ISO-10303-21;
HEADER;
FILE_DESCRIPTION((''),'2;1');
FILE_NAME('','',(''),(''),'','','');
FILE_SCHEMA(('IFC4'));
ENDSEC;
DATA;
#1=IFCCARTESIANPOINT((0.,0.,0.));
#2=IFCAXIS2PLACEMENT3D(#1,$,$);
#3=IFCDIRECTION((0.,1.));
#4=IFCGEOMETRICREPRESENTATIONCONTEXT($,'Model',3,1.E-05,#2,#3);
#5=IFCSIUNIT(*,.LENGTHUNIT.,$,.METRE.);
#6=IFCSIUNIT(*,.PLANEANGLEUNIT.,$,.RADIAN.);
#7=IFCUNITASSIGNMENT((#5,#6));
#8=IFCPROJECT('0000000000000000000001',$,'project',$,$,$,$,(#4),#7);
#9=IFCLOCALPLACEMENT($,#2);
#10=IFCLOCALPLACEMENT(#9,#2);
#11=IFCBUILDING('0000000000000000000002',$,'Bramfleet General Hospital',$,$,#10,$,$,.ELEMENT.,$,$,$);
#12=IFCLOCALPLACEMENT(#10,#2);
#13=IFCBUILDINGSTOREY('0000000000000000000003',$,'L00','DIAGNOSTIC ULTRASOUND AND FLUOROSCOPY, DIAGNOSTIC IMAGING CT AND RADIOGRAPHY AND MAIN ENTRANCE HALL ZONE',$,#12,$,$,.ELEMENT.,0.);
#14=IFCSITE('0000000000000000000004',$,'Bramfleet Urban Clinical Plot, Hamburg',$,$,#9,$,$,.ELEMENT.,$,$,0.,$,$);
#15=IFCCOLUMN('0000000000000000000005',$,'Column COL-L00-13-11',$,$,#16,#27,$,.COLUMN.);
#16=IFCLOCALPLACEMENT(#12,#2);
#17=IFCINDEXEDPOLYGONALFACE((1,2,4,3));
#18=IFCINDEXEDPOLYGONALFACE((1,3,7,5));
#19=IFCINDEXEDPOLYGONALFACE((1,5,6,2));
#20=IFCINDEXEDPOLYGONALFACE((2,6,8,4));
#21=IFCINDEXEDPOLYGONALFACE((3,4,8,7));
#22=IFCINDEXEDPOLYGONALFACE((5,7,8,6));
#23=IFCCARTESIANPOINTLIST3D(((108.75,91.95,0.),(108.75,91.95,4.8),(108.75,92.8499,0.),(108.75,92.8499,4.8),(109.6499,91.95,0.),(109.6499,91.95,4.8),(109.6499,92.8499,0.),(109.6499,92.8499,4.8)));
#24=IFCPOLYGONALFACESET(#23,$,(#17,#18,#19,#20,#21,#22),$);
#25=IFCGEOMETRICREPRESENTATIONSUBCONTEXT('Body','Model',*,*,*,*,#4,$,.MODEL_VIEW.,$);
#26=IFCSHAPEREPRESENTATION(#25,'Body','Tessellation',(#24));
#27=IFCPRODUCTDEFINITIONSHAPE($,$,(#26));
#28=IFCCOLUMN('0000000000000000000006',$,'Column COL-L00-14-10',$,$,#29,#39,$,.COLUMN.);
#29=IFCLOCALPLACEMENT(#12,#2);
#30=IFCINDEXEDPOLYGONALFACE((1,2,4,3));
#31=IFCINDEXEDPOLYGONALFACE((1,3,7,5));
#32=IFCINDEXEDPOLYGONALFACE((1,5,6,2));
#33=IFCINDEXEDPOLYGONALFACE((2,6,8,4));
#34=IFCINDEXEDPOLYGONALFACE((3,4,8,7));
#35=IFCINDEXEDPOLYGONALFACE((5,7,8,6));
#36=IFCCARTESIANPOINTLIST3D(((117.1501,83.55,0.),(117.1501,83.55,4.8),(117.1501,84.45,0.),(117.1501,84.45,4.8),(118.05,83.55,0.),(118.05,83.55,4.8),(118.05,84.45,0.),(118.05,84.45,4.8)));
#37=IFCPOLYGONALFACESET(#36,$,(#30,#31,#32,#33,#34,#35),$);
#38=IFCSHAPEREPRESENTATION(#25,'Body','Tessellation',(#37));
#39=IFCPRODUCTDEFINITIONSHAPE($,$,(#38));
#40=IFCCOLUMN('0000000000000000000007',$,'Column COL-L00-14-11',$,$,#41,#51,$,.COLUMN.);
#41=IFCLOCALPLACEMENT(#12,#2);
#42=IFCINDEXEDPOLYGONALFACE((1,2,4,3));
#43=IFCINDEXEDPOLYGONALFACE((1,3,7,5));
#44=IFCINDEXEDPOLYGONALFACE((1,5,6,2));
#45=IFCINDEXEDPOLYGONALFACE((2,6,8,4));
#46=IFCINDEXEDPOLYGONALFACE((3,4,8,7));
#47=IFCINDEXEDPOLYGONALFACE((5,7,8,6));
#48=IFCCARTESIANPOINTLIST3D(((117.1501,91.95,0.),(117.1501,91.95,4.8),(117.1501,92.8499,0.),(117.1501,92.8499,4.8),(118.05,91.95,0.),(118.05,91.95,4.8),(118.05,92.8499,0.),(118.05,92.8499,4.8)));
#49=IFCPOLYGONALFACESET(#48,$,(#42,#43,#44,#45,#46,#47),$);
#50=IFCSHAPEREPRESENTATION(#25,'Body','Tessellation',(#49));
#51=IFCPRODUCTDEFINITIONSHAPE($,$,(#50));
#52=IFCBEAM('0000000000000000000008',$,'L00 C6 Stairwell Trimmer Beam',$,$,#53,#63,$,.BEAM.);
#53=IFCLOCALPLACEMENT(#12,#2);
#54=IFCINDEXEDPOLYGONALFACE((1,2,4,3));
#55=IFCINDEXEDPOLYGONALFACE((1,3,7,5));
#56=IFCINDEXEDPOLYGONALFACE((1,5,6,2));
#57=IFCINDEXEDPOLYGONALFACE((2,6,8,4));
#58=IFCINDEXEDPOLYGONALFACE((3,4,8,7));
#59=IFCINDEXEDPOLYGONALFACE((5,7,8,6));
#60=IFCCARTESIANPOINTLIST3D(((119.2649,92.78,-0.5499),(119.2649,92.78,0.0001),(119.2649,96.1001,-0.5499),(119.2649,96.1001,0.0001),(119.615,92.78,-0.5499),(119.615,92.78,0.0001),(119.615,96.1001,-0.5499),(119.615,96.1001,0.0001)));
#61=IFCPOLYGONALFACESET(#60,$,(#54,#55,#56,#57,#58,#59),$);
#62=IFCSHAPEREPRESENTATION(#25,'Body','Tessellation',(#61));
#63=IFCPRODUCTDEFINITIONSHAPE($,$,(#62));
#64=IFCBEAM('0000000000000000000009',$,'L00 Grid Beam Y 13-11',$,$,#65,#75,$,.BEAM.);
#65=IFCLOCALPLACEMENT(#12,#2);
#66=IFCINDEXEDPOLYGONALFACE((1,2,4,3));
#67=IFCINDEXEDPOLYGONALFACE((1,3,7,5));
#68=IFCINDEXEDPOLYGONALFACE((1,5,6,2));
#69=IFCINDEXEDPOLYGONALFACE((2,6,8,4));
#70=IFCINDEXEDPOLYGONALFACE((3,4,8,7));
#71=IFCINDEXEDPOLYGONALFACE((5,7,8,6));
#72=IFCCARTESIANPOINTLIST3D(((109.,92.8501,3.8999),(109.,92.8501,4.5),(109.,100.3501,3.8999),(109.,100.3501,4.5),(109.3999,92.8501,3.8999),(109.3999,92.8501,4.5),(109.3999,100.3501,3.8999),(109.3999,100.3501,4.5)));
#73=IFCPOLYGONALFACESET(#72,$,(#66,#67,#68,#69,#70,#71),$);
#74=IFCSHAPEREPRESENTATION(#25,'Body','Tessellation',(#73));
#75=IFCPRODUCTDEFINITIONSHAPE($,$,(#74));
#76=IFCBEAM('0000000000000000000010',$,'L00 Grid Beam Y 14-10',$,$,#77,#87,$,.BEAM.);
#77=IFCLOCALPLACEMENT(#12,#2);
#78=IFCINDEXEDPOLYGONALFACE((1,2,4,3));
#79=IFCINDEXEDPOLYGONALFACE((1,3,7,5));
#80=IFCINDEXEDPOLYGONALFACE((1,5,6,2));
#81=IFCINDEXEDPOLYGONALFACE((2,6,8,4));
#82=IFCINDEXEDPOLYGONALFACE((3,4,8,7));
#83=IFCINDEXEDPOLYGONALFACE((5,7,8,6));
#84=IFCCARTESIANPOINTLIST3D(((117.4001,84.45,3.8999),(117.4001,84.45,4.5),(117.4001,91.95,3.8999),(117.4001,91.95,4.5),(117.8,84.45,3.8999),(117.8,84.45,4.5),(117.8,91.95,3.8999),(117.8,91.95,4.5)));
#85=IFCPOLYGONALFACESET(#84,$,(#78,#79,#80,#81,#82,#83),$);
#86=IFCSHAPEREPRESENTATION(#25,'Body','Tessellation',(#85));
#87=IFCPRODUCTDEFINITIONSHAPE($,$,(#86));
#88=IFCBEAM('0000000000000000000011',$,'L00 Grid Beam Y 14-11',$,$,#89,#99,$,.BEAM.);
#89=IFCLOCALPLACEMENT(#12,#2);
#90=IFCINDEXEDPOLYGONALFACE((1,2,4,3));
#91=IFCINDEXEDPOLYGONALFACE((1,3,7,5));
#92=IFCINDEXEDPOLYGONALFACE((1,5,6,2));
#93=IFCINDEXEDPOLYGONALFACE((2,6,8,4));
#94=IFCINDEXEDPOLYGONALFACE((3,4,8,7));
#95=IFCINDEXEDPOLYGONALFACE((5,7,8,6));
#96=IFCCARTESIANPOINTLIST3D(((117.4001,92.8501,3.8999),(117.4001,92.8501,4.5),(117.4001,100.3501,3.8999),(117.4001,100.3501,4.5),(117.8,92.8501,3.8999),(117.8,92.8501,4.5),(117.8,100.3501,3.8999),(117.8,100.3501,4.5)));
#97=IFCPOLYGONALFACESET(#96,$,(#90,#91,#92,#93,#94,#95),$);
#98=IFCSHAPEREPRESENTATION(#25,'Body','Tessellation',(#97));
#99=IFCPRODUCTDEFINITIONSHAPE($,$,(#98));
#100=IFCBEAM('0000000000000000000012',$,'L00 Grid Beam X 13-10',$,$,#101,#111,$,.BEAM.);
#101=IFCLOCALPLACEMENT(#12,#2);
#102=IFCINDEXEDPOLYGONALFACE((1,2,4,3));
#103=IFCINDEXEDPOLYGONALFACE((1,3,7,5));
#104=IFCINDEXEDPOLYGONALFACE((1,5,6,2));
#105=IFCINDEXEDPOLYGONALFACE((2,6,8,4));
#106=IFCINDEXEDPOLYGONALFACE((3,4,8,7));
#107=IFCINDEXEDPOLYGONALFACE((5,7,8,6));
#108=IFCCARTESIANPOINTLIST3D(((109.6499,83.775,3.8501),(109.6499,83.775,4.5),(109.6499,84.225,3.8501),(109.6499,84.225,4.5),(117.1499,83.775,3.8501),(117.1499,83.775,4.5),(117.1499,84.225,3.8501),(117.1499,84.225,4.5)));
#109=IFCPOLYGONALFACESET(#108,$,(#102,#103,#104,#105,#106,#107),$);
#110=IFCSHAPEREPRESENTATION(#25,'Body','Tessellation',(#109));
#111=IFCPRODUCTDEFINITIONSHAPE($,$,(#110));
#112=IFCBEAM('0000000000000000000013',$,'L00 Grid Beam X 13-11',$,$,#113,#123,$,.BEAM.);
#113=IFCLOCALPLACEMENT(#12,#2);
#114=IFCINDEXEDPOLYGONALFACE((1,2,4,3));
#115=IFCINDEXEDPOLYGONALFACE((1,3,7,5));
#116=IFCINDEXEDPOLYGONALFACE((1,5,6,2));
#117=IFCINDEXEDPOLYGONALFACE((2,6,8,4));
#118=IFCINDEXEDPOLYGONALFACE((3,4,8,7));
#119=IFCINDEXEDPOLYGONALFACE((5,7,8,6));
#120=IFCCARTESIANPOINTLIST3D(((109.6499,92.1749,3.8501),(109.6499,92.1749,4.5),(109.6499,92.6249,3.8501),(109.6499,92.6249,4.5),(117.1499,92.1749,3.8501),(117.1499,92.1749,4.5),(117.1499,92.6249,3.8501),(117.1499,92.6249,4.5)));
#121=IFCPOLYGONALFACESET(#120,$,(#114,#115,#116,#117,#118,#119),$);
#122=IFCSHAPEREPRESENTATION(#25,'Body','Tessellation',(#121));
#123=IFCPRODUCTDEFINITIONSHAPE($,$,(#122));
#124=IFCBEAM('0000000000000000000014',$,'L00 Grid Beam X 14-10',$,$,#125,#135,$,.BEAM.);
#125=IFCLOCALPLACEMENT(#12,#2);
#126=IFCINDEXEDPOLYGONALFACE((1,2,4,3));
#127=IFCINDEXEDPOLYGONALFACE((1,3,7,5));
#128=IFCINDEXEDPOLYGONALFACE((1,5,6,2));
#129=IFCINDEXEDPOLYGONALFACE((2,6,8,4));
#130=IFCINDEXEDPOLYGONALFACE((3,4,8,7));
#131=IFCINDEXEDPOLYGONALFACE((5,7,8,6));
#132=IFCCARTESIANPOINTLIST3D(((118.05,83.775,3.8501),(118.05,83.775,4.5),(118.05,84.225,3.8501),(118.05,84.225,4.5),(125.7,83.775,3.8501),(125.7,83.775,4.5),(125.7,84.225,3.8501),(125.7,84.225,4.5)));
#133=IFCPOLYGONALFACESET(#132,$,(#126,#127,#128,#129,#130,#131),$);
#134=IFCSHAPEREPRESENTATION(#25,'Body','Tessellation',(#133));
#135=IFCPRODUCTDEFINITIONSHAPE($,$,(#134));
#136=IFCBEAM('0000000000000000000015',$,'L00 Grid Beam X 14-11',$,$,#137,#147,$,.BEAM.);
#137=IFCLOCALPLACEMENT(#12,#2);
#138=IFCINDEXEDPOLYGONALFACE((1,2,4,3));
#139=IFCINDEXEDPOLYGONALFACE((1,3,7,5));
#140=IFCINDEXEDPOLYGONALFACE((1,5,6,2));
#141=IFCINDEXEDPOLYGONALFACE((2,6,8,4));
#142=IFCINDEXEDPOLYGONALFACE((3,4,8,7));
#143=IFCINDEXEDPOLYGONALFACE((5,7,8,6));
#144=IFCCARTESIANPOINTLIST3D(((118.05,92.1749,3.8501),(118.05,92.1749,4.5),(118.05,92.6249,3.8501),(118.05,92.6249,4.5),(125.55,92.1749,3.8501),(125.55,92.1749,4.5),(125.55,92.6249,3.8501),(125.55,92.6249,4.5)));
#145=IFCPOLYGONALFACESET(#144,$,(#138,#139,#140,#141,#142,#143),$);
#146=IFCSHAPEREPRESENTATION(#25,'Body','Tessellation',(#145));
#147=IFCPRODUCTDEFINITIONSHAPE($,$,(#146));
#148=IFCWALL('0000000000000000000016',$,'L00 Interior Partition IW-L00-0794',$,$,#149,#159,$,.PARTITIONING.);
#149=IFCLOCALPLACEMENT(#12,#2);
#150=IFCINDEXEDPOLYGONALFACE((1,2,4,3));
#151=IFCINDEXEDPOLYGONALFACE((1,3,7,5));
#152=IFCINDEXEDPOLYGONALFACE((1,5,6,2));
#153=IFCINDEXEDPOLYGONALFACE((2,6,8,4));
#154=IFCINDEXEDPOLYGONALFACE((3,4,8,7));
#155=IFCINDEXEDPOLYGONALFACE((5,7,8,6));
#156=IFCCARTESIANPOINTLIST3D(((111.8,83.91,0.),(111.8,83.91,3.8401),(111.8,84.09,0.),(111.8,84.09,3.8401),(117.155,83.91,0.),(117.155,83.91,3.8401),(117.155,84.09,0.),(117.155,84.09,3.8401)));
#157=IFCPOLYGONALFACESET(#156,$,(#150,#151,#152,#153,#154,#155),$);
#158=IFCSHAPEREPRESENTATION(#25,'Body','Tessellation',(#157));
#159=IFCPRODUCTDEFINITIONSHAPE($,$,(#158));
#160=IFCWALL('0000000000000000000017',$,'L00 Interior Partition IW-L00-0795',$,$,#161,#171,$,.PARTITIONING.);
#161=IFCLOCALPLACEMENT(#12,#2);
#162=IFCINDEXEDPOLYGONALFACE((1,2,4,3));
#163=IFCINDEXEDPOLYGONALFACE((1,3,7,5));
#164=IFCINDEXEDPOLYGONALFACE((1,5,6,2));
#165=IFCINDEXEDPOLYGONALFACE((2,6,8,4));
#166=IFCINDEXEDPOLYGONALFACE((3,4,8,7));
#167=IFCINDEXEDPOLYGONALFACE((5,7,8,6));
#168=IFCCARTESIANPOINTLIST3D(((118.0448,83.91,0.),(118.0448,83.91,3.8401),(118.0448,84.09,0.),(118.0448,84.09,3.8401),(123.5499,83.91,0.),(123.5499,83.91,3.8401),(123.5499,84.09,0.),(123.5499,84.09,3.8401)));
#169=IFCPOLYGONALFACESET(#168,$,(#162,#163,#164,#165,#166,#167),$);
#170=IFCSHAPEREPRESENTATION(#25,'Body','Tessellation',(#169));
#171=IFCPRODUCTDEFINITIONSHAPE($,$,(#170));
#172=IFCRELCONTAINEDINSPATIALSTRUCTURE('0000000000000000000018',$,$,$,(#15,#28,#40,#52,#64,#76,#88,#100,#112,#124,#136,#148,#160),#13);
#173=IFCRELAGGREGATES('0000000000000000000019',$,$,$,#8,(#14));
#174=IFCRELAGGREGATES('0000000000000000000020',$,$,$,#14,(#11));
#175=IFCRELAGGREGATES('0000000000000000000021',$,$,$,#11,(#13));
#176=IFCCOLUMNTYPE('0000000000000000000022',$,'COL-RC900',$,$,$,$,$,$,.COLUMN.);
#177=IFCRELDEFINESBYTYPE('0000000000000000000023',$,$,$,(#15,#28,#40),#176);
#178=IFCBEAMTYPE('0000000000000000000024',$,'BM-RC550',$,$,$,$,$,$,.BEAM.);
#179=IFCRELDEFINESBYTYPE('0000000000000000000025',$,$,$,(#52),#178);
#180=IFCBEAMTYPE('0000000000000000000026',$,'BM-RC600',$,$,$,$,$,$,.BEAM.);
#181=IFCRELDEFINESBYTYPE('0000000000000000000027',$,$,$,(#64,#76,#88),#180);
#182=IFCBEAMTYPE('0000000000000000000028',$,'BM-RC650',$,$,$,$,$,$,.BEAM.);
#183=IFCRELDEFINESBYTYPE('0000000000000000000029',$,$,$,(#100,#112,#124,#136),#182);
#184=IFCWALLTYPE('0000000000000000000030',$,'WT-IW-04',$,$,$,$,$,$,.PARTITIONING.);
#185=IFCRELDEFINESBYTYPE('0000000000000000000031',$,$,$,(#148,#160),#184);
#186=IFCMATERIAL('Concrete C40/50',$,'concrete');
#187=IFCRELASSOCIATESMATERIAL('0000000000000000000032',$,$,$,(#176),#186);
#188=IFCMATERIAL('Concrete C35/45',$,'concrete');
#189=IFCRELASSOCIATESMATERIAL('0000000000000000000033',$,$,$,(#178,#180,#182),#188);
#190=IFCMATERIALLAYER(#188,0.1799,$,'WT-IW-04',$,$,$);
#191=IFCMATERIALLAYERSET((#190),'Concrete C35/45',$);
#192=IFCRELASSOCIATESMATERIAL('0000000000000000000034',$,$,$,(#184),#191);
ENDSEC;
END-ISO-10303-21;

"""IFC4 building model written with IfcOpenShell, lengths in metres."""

from ifc_helpers import new_model, si_unit, direction, frame, frame_2d, origin, origin_2d, place, context, subcontext, project, spatial, rectangle, extrude, material, layer, layer_set, material_profile, profile_set, type_object, element, save


model = new_model("IFC4")

# Units and contexts
model_context = context("Model", 3, precision=1e-05, world=origin(), true_north=direction((0.0, 1.0)))
body_context = subcontext(model_context, "Body", "Model", "MODEL_VIEW")
ifc_project = project(units=[si_unit("LENGTHUNIT", "METRE"), si_unit("PLANEANGLEUNIT", "RADIAN")], contexts=[model_context])

# Site, building, storey
site_placement = place(None, origin())
site = spatial("IfcSite", under=ifc_project, at=site_placement, Name="Bramfleet Urban Clinical Plot, Hamburg", CompositionType="ELEMENT", RefElevation=0.0)
building_placement = place(site_placement, origin())
building = spatial("IfcBuilding", under=site, at=building_placement, Name="Bramfleet General Hospital", CompositionType="ELEMENT")
storey_placement = place(building_placement, origin())
storey = spatial("IfcBuildingStorey", under=building, at=storey_placement, Name="L00", Description="DIAGNOSTIC ULTRASOUND AND FLUOROSCOPY, DIAGNOSTIC IMAGING CT AND RADIOGRAPHY AND MAIN ENTRANCE HALL ZONE", CompositionType="ELEMENT", Elevation=0.0)

# Columns
ifc_material_1 = material(Name="Concrete C40/50", Category="concrete")
ifc_material_profile_1 = material_profile(ifc_material_1, rectangle(XDim=0.8999, YDim=0.8999, at=origin_2d()), Name="RC COL 900x900")
ifc_profile_set_1 = profile_set([ifc_material_profile_1], Name="Concrete C40/50")
column_type = type_object("IfcColumnType", Name="COL-RC900", PredefinedType="COLUMN", material=ifc_profile_set_1)
for number, where, z_axis, x_axis, name in (
    (1, (109.2, 92.3999, 0.0), (0.0, 0.0, 1.0), (1.0, 0.0, 0.0), "Column COL-L00-13-11"),
    (2, (117.6001, 84.0, 0.0), (0.0, 0.0, 1.0), (1.0, 0.0, 0.0), "Column COL-L00-14-10"),
    (3, (117.6001, 92.3999, 0.0), (0.0, 0.0, 1.0), (1.0, 0.0, 0.0), "Column COL-L00-14-11"),
):
    element("IfcColumn", number, at=place(storey_placement, frame(where, z_axis=z_axis, x_axis=x_axis)), inside=storey, type_object=column_type, Name=name, PredefinedType="COLUMN", context=body_context, shape_type="SweptSolid", body=[
        extrude(rectangle(XDim=0.8999, YDim=0.8999, at=origin_2d()), origin(), (0.0, 0.0, 1.0), 4.8),
    ])

# Beams
ifc_material_2 = material(Name="Concrete C35/45", Category="concrete")
ifc_material_profile_2 = material_profile(ifc_material_2, rectangle(XDim=0.3501, YDim=0.55, at=origin_2d()), Name="RC BM 550x350")
ifc_profile_set_2 = profile_set([ifc_material_profile_2], Name="Concrete C35/45")
beam_type_1 = type_object("IfcBeamType", Name="BM-RC550", PredefinedType="BEAM", material=ifc_profile_set_2)
beam_1_placement = place(storey_placement, frame((119.4399, 92.78, -0.2749), z_axis=(0.0, 1.0, 0.0), x_axis=(-1.0, 0.0, 0.0)))
element("IfcBeam", 4, at=beam_1_placement, inside=storey, type_object=beam_type_1, Name="L00 C6 Stairwell Trimmer Beam", PredefinedType="BEAM", context=body_context, shape_type="SweptSolid", body=[
    extrude(rectangle(XDim=0.3501, YDim=0.55, at=origin_2d()), origin(), (0.0, 0.0, 1.0), 3.3201),
])
ifc_material_profile_3 = material_profile(ifc_material_2, rectangle(XDim=0.3999, YDim=0.6001, at=origin_2d()), Name="RC BM 600x400")
ifc_profile_set_3 = profile_set([ifc_material_profile_3], Name="Concrete C35/45")
beam_type_2 = type_object("IfcBeamType", Name="BM-RC600", PredefinedType="BEAM", material=ifc_profile_set_3)
for number, where, z_axis, x_axis, name in (
    (5, (109.2, 92.8501, 4.2), (0.0, 1.0, 0.0), (-1.0, 0.0, 0.0), "L00 Grid Beam Y 13-11"),
    (6, (117.6001, 84.45, 4.2), (0.0, 1.0, 0.0), (-1.0, 0.0, 0.0), "L00 Grid Beam Y 14-10"),
    (7, (117.6001, 92.8501, 4.2), (0.0, 1.0, 0.0), (-1.0, 0.0, 0.0), "L00 Grid Beam Y 14-11"),
):
    element("IfcBeam", number, at=place(storey_placement, frame(where, z_axis=z_axis, x_axis=x_axis)), inside=storey, type_object=beam_type_2, Name=name, PredefinedType="BEAM", context=body_context, shape_type="SweptSolid", body=[
        extrude(rectangle(XDim=0.3999, YDim=0.6001, at=origin_2d()), origin(), (0.0, 0.0, 1.0), 7.5),
    ])
ifc_material_profile_4 = material_profile(ifc_material_2, rectangle(XDim=0.45, YDim=0.6499, at=origin_2d()), Name="RC BM 650x450")
ifc_profile_set_4 = profile_set([ifc_material_profile_4], Name="Concrete C35/45")
beam_type_3 = type_object("IfcBeamType", Name="BM-RC650", PredefinedType="BEAM", material=ifc_profile_set_4)
for number, where, z_axis, x_axis, name in (
    (8, (109.6499, 84.0, 4.175), (1.0, 0.0, 0.0), (0.0, 1.0, 0.0), "L00 Grid Beam X 13-10"),
    (9, (109.6499, 92.3999, 4.175), (1.0, 0.0, 0.0), (0.0, 1.0, 0.0), "L00 Grid Beam X 13-11"),
):
    element("IfcBeam", number, at=place(storey_placement, frame(where, z_axis=z_axis, x_axis=x_axis)), inside=storey, type_object=beam_type_3, Name=name, PredefinedType="BEAM", context=body_context, shape_type="SweptSolid", body=[
        extrude(rectangle(XDim=0.45, YDim=0.6499, at=origin_2d()), origin(), (0.0, 0.0, 1.0), 7.5),
    ])
beam_2_placement = place(storey_placement, frame((118.05, 84.0, 4.175), z_axis=(1.0, 0.0, 0.0), x_axis=(0.0, 1.0, 0.0)))
element("IfcBeam", 10, at=beam_2_placement, inside=storey, type_object=beam_type_3, Name="L00 Grid Beam X 14-10", PredefinedType="BEAM", context=body_context, shape_type="SweptSolid", body=[
    extrude(rectangle(XDim=0.45, YDim=0.6499, at=origin_2d()), origin(), (0.0, 0.0, 1.0), 7.6499),
])
beam_3_placement = place(storey_placement, frame((118.05, 92.3999, 4.175), z_axis=(1.0, 0.0, 0.0), x_axis=(0.0, 1.0, 0.0)))
element("IfcBeam", 11, at=beam_3_placement, inside=storey, type_object=beam_type_3, Name="L00 Grid Beam X 14-11", PredefinedType="BEAM", context=body_context, shape_type="SweptSolid", body=[
    extrude(rectangle(XDim=0.45, YDim=0.6499, at=origin_2d()), origin(), (0.0, 0.0, 1.0), 7.5),
])

# Walls
ifc_layer_1 = layer(ifc_material_2, 0.1799, Name="WT-IW-04")
ifc_layer_set_1 = layer_set([ifc_layer_1], Name="Concrete C35/45")
wall_type_1 = type_object("IfcWallType", Name="WT-IW-04", PredefinedType="PARTITIONING", material=ifc_layer_set_1)
wall_1_placement = place(storey_placement, frame((111.8, 84.0, 0.0), z_axis=(0.0, 0.0, 1.0), x_axis=(1.0, 0.0, 0.0)))
element("IfcWall", 12, at=wall_1_placement, inside=storey, type_object=wall_type_1, Name="L00 Interior Partition IW-L00-0794", PredefinedType="PARTITIONING", context=body_context, shape_type="SweptSolid", body=[
    extrude(rectangle(XDim=5.355, YDim=0.1799, at=frame_2d((2.6775, 0.0))), origin(), (0.0, 0.0, 1.0), 3.8401),
])
wall_2_placement = place(storey_placement, frame((118.0449, 84.0, 0.0), z_axis=(0.0, 0.0, 1.0), x_axis=(1.0, 0.0, 0.0)))
element("IfcWall", 13, at=wall_2_placement, inside=storey, type_object=wall_type_1, Name="L00 Interior Partition IW-L00-0795", PredefinedType="PARTITIONING", context=body_context, shape_type="SweptSolid", body=[
    extrude(rectangle(XDim=5.5051, YDim=0.1799, at=frame_2d((2.7524, 0.0))), origin(), (0.0, 0.0, 1.0), 3.8401),
])

save(model, "model.ifc")
